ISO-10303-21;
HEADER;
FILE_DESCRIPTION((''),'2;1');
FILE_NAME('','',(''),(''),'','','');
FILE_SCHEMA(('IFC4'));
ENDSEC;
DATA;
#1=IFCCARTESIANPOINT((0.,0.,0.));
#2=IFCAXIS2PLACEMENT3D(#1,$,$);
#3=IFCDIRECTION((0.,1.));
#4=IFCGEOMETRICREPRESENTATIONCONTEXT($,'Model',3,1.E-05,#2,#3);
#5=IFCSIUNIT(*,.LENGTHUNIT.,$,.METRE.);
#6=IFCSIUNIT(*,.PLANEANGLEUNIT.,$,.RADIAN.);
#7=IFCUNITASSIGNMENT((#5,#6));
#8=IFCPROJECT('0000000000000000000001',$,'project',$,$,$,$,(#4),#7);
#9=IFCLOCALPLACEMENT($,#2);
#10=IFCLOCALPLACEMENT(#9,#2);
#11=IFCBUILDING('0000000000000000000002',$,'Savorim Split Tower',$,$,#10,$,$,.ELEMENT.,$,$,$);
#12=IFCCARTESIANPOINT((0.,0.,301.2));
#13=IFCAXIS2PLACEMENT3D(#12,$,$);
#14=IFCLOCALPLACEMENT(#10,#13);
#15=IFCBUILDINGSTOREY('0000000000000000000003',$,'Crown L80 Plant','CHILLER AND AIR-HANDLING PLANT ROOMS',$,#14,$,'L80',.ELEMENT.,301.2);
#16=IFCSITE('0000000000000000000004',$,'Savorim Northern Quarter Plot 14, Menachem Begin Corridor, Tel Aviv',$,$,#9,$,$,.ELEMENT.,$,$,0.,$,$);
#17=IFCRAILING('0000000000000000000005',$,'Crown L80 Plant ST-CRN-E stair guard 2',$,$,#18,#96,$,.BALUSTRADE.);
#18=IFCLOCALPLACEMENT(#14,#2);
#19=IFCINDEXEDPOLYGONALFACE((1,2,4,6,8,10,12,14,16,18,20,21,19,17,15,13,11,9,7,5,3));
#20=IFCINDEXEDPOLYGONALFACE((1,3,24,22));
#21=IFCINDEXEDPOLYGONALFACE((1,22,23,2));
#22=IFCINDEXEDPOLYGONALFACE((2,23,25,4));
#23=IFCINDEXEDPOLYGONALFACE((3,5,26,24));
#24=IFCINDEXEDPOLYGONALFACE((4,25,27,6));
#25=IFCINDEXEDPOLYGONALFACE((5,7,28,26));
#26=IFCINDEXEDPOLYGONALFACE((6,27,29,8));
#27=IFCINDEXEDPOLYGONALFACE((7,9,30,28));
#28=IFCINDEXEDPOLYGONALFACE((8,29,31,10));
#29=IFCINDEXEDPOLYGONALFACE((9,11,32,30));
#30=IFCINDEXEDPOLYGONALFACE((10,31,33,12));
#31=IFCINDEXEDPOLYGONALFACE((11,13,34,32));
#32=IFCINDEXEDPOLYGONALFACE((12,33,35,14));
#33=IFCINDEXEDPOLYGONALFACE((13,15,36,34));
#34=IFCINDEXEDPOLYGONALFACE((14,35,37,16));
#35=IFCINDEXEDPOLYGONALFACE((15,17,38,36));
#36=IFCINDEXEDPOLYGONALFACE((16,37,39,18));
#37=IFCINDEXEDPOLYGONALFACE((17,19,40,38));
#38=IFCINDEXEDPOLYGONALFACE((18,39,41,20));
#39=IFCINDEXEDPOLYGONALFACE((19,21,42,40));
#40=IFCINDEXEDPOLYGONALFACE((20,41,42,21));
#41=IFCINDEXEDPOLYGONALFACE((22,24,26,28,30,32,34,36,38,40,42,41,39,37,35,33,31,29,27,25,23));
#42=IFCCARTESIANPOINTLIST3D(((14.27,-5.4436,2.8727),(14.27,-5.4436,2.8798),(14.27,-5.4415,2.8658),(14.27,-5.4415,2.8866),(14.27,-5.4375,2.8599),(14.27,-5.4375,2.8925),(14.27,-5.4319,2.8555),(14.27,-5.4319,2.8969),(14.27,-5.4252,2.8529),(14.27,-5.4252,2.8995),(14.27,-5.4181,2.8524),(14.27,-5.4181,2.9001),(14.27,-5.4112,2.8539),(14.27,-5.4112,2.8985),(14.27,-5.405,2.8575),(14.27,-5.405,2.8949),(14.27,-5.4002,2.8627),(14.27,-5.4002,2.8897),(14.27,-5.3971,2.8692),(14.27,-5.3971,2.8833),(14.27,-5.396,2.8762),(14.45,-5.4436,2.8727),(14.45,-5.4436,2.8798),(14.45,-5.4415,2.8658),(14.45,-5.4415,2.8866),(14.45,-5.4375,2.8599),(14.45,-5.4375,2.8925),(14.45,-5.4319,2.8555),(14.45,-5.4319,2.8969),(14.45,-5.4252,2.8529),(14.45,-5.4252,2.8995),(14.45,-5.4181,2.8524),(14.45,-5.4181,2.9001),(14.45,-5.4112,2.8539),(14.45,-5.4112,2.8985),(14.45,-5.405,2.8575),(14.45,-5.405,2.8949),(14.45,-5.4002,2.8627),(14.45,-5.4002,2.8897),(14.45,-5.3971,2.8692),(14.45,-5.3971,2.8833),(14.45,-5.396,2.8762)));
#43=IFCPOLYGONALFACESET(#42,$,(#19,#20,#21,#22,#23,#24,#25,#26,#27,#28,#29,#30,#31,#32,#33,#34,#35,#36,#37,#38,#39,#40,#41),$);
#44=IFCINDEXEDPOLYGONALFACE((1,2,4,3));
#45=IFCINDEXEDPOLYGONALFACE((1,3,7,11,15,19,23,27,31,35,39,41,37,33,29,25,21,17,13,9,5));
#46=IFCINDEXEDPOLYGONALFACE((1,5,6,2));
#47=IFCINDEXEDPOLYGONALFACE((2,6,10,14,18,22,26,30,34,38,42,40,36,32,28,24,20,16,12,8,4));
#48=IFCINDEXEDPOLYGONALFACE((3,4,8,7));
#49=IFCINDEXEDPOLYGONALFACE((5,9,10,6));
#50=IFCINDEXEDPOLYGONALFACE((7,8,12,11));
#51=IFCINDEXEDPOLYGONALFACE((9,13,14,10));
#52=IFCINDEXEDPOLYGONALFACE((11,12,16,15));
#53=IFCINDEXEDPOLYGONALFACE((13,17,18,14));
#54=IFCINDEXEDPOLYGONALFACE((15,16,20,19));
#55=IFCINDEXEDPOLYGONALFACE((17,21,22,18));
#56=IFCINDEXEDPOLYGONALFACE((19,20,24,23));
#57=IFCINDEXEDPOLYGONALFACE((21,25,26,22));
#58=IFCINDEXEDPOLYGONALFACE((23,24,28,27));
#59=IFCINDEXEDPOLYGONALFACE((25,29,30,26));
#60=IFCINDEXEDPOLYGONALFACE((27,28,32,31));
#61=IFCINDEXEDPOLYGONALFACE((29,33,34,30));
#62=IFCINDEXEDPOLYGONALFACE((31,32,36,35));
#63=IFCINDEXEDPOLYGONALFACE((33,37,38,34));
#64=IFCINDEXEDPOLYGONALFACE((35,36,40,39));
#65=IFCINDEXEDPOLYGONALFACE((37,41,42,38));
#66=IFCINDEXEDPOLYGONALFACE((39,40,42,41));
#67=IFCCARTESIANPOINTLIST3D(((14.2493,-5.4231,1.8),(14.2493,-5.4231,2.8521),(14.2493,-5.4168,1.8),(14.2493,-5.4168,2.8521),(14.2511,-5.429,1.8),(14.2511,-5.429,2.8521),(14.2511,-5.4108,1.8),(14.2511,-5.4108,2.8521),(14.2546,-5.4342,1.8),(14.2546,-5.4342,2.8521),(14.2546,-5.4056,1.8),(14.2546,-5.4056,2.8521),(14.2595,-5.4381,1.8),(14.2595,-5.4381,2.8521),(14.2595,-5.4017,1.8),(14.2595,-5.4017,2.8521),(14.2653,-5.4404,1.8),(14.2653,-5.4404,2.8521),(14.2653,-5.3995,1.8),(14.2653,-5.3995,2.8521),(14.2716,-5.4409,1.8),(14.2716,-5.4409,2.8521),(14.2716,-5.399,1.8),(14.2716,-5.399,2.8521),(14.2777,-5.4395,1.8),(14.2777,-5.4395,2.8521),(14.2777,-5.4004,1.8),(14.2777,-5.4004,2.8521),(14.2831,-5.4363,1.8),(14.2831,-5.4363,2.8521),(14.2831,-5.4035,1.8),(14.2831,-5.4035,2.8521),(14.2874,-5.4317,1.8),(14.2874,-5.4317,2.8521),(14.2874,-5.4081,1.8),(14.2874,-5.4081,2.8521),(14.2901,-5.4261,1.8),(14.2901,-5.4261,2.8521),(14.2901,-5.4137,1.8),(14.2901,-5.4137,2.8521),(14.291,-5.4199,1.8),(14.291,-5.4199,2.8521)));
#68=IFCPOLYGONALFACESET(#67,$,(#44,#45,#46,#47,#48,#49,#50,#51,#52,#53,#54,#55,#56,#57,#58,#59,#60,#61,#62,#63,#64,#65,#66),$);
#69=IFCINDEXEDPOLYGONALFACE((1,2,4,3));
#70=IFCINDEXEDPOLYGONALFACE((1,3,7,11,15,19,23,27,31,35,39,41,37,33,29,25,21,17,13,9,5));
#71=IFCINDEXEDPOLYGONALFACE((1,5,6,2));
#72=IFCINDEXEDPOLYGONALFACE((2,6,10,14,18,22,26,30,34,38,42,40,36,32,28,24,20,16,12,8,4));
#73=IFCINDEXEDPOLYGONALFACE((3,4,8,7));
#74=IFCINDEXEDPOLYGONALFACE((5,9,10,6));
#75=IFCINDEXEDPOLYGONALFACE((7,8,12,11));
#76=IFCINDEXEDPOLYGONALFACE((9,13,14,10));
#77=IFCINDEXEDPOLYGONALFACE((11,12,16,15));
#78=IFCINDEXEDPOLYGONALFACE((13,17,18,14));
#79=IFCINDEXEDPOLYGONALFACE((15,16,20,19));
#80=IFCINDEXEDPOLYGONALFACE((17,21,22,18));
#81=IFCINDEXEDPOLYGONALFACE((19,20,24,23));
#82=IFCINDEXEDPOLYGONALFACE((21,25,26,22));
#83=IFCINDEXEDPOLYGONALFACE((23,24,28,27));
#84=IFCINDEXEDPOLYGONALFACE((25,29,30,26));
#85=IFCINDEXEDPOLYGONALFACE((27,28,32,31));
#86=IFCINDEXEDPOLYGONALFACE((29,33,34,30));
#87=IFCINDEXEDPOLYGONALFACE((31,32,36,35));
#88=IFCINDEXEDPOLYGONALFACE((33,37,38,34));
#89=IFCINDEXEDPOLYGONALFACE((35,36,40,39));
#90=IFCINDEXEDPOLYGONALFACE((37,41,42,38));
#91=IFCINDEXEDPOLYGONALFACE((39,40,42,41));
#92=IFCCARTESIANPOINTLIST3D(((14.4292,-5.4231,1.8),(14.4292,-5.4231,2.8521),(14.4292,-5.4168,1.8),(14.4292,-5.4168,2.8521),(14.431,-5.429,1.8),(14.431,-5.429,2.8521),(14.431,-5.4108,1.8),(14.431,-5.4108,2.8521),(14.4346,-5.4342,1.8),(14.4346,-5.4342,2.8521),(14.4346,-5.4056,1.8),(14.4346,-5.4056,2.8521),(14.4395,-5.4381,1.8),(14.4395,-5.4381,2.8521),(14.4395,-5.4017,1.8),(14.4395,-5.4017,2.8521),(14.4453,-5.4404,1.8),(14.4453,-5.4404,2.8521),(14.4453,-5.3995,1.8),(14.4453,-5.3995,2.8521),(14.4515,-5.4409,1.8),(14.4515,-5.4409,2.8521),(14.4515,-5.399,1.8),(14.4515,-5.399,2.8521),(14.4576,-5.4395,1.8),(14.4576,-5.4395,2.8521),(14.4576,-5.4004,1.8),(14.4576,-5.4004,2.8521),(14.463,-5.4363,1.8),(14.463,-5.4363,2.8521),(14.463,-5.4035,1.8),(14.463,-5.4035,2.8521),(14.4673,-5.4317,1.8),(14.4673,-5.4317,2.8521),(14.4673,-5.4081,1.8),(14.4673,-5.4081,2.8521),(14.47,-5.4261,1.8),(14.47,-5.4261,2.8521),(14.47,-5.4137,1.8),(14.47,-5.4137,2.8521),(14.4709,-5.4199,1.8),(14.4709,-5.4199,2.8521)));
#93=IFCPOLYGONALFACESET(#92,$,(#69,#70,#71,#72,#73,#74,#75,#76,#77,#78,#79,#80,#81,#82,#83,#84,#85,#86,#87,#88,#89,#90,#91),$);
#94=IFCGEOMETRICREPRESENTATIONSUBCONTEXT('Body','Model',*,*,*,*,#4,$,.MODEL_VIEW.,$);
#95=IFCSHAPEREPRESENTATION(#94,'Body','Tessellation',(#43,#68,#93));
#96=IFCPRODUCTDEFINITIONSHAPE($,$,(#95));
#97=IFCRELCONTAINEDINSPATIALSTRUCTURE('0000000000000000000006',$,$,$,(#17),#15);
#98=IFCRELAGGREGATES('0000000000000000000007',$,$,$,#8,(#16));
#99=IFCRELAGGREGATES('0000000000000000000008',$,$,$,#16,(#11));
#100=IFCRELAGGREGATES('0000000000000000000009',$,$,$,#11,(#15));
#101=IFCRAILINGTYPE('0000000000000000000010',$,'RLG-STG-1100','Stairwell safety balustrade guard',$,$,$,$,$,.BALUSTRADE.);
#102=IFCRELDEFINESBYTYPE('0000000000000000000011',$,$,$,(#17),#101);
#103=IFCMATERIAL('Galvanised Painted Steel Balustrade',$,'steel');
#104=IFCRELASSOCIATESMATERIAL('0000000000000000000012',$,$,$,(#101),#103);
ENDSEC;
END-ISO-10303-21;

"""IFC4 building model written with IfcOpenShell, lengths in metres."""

from ifc_helpers import new_model, si_unit, direction, frame, origin, origin_2d, place, context, subcontext, project, spatial, circle, extrude, material, type_object, element, save


model = new_model("IFC4")

# Units and contexts
model_context = context("Model", 3, precision=1e-05, world=origin(), true_north=direction((0.0, 1.0)))
body_context = subcontext(model_context, "Body", "Model", "MODEL_VIEW")
ifc_project = project(units=[si_unit("LENGTHUNIT", "METRE"), si_unit("PLANEANGLEUNIT", "RADIAN")], contexts=[model_context])

# Site, building, storey
site_placement = place(None, origin())
site = spatial("IfcSite", under=ifc_project, at=site_placement, Name="Savorim Northern Quarter Plot 14, Menachem Begin Corridor, Tel Aviv", CompositionType="ELEMENT", RefElevation=0.0)
building_placement = place(site_placement, origin())
building = spatial("IfcBuilding", under=site, at=building_placement, Name="Savorim Split Tower", CompositionType="ELEMENT")
storey_placement = place(building_placement, frame((0.0, 0.0, 301.2)))
storey = spatial("IfcBuildingStorey", under=building, at=storey_placement, Name="Crown L80 Plant", Description="CHILLER AND AIR-HANDLING PLANT ROOMS", LongName="L80", CompositionType="ELEMENT", Elevation=301.2)

# Railing
ifc_material_1 = material(Name="Galvanised Painted Steel Balustrade", Category="steel")
railing_type_1 = type_object("IfcRailingType", Name="RLG-STG-1100", Description="Stairwell safety balustrade guard", PredefinedType="BALUSTRADE", material=ifc_material_1)
railing_1_placement = place(storey_placement, frame((14.27, -5.4199, 1.8)))
element("IfcRailing", 1, at=railing_1_placement, inside=storey, type_object=railing_type_1, Name="Crown L80 Plant ST-CRN-E stair guard 2", PredefinedType="BALUSTRADE", context=body_context, shape_type="SweptSolid", body=[
    extrude(circle(Radius=0.0239, at=origin_2d()), frame((0.0, 0.0, 1.0762), z_axis=(1.0, 0.0, 0.0), x_axis=(0.0, 1.0, 0.0)), (0.0, 0.0, 1.0), 0.1799),
    extrude(circle(Radius=0.021, at=origin_2d()), origin(), (0.0, 0.0, 1.0), 1.052),
    extrude(circle(Radius=0.021, at=origin_2d()), frame((0.1799, 0.0, 0.0)), (0.0, 0.0, 1.0), 1.052),
])

save(model, "model.ifc")
